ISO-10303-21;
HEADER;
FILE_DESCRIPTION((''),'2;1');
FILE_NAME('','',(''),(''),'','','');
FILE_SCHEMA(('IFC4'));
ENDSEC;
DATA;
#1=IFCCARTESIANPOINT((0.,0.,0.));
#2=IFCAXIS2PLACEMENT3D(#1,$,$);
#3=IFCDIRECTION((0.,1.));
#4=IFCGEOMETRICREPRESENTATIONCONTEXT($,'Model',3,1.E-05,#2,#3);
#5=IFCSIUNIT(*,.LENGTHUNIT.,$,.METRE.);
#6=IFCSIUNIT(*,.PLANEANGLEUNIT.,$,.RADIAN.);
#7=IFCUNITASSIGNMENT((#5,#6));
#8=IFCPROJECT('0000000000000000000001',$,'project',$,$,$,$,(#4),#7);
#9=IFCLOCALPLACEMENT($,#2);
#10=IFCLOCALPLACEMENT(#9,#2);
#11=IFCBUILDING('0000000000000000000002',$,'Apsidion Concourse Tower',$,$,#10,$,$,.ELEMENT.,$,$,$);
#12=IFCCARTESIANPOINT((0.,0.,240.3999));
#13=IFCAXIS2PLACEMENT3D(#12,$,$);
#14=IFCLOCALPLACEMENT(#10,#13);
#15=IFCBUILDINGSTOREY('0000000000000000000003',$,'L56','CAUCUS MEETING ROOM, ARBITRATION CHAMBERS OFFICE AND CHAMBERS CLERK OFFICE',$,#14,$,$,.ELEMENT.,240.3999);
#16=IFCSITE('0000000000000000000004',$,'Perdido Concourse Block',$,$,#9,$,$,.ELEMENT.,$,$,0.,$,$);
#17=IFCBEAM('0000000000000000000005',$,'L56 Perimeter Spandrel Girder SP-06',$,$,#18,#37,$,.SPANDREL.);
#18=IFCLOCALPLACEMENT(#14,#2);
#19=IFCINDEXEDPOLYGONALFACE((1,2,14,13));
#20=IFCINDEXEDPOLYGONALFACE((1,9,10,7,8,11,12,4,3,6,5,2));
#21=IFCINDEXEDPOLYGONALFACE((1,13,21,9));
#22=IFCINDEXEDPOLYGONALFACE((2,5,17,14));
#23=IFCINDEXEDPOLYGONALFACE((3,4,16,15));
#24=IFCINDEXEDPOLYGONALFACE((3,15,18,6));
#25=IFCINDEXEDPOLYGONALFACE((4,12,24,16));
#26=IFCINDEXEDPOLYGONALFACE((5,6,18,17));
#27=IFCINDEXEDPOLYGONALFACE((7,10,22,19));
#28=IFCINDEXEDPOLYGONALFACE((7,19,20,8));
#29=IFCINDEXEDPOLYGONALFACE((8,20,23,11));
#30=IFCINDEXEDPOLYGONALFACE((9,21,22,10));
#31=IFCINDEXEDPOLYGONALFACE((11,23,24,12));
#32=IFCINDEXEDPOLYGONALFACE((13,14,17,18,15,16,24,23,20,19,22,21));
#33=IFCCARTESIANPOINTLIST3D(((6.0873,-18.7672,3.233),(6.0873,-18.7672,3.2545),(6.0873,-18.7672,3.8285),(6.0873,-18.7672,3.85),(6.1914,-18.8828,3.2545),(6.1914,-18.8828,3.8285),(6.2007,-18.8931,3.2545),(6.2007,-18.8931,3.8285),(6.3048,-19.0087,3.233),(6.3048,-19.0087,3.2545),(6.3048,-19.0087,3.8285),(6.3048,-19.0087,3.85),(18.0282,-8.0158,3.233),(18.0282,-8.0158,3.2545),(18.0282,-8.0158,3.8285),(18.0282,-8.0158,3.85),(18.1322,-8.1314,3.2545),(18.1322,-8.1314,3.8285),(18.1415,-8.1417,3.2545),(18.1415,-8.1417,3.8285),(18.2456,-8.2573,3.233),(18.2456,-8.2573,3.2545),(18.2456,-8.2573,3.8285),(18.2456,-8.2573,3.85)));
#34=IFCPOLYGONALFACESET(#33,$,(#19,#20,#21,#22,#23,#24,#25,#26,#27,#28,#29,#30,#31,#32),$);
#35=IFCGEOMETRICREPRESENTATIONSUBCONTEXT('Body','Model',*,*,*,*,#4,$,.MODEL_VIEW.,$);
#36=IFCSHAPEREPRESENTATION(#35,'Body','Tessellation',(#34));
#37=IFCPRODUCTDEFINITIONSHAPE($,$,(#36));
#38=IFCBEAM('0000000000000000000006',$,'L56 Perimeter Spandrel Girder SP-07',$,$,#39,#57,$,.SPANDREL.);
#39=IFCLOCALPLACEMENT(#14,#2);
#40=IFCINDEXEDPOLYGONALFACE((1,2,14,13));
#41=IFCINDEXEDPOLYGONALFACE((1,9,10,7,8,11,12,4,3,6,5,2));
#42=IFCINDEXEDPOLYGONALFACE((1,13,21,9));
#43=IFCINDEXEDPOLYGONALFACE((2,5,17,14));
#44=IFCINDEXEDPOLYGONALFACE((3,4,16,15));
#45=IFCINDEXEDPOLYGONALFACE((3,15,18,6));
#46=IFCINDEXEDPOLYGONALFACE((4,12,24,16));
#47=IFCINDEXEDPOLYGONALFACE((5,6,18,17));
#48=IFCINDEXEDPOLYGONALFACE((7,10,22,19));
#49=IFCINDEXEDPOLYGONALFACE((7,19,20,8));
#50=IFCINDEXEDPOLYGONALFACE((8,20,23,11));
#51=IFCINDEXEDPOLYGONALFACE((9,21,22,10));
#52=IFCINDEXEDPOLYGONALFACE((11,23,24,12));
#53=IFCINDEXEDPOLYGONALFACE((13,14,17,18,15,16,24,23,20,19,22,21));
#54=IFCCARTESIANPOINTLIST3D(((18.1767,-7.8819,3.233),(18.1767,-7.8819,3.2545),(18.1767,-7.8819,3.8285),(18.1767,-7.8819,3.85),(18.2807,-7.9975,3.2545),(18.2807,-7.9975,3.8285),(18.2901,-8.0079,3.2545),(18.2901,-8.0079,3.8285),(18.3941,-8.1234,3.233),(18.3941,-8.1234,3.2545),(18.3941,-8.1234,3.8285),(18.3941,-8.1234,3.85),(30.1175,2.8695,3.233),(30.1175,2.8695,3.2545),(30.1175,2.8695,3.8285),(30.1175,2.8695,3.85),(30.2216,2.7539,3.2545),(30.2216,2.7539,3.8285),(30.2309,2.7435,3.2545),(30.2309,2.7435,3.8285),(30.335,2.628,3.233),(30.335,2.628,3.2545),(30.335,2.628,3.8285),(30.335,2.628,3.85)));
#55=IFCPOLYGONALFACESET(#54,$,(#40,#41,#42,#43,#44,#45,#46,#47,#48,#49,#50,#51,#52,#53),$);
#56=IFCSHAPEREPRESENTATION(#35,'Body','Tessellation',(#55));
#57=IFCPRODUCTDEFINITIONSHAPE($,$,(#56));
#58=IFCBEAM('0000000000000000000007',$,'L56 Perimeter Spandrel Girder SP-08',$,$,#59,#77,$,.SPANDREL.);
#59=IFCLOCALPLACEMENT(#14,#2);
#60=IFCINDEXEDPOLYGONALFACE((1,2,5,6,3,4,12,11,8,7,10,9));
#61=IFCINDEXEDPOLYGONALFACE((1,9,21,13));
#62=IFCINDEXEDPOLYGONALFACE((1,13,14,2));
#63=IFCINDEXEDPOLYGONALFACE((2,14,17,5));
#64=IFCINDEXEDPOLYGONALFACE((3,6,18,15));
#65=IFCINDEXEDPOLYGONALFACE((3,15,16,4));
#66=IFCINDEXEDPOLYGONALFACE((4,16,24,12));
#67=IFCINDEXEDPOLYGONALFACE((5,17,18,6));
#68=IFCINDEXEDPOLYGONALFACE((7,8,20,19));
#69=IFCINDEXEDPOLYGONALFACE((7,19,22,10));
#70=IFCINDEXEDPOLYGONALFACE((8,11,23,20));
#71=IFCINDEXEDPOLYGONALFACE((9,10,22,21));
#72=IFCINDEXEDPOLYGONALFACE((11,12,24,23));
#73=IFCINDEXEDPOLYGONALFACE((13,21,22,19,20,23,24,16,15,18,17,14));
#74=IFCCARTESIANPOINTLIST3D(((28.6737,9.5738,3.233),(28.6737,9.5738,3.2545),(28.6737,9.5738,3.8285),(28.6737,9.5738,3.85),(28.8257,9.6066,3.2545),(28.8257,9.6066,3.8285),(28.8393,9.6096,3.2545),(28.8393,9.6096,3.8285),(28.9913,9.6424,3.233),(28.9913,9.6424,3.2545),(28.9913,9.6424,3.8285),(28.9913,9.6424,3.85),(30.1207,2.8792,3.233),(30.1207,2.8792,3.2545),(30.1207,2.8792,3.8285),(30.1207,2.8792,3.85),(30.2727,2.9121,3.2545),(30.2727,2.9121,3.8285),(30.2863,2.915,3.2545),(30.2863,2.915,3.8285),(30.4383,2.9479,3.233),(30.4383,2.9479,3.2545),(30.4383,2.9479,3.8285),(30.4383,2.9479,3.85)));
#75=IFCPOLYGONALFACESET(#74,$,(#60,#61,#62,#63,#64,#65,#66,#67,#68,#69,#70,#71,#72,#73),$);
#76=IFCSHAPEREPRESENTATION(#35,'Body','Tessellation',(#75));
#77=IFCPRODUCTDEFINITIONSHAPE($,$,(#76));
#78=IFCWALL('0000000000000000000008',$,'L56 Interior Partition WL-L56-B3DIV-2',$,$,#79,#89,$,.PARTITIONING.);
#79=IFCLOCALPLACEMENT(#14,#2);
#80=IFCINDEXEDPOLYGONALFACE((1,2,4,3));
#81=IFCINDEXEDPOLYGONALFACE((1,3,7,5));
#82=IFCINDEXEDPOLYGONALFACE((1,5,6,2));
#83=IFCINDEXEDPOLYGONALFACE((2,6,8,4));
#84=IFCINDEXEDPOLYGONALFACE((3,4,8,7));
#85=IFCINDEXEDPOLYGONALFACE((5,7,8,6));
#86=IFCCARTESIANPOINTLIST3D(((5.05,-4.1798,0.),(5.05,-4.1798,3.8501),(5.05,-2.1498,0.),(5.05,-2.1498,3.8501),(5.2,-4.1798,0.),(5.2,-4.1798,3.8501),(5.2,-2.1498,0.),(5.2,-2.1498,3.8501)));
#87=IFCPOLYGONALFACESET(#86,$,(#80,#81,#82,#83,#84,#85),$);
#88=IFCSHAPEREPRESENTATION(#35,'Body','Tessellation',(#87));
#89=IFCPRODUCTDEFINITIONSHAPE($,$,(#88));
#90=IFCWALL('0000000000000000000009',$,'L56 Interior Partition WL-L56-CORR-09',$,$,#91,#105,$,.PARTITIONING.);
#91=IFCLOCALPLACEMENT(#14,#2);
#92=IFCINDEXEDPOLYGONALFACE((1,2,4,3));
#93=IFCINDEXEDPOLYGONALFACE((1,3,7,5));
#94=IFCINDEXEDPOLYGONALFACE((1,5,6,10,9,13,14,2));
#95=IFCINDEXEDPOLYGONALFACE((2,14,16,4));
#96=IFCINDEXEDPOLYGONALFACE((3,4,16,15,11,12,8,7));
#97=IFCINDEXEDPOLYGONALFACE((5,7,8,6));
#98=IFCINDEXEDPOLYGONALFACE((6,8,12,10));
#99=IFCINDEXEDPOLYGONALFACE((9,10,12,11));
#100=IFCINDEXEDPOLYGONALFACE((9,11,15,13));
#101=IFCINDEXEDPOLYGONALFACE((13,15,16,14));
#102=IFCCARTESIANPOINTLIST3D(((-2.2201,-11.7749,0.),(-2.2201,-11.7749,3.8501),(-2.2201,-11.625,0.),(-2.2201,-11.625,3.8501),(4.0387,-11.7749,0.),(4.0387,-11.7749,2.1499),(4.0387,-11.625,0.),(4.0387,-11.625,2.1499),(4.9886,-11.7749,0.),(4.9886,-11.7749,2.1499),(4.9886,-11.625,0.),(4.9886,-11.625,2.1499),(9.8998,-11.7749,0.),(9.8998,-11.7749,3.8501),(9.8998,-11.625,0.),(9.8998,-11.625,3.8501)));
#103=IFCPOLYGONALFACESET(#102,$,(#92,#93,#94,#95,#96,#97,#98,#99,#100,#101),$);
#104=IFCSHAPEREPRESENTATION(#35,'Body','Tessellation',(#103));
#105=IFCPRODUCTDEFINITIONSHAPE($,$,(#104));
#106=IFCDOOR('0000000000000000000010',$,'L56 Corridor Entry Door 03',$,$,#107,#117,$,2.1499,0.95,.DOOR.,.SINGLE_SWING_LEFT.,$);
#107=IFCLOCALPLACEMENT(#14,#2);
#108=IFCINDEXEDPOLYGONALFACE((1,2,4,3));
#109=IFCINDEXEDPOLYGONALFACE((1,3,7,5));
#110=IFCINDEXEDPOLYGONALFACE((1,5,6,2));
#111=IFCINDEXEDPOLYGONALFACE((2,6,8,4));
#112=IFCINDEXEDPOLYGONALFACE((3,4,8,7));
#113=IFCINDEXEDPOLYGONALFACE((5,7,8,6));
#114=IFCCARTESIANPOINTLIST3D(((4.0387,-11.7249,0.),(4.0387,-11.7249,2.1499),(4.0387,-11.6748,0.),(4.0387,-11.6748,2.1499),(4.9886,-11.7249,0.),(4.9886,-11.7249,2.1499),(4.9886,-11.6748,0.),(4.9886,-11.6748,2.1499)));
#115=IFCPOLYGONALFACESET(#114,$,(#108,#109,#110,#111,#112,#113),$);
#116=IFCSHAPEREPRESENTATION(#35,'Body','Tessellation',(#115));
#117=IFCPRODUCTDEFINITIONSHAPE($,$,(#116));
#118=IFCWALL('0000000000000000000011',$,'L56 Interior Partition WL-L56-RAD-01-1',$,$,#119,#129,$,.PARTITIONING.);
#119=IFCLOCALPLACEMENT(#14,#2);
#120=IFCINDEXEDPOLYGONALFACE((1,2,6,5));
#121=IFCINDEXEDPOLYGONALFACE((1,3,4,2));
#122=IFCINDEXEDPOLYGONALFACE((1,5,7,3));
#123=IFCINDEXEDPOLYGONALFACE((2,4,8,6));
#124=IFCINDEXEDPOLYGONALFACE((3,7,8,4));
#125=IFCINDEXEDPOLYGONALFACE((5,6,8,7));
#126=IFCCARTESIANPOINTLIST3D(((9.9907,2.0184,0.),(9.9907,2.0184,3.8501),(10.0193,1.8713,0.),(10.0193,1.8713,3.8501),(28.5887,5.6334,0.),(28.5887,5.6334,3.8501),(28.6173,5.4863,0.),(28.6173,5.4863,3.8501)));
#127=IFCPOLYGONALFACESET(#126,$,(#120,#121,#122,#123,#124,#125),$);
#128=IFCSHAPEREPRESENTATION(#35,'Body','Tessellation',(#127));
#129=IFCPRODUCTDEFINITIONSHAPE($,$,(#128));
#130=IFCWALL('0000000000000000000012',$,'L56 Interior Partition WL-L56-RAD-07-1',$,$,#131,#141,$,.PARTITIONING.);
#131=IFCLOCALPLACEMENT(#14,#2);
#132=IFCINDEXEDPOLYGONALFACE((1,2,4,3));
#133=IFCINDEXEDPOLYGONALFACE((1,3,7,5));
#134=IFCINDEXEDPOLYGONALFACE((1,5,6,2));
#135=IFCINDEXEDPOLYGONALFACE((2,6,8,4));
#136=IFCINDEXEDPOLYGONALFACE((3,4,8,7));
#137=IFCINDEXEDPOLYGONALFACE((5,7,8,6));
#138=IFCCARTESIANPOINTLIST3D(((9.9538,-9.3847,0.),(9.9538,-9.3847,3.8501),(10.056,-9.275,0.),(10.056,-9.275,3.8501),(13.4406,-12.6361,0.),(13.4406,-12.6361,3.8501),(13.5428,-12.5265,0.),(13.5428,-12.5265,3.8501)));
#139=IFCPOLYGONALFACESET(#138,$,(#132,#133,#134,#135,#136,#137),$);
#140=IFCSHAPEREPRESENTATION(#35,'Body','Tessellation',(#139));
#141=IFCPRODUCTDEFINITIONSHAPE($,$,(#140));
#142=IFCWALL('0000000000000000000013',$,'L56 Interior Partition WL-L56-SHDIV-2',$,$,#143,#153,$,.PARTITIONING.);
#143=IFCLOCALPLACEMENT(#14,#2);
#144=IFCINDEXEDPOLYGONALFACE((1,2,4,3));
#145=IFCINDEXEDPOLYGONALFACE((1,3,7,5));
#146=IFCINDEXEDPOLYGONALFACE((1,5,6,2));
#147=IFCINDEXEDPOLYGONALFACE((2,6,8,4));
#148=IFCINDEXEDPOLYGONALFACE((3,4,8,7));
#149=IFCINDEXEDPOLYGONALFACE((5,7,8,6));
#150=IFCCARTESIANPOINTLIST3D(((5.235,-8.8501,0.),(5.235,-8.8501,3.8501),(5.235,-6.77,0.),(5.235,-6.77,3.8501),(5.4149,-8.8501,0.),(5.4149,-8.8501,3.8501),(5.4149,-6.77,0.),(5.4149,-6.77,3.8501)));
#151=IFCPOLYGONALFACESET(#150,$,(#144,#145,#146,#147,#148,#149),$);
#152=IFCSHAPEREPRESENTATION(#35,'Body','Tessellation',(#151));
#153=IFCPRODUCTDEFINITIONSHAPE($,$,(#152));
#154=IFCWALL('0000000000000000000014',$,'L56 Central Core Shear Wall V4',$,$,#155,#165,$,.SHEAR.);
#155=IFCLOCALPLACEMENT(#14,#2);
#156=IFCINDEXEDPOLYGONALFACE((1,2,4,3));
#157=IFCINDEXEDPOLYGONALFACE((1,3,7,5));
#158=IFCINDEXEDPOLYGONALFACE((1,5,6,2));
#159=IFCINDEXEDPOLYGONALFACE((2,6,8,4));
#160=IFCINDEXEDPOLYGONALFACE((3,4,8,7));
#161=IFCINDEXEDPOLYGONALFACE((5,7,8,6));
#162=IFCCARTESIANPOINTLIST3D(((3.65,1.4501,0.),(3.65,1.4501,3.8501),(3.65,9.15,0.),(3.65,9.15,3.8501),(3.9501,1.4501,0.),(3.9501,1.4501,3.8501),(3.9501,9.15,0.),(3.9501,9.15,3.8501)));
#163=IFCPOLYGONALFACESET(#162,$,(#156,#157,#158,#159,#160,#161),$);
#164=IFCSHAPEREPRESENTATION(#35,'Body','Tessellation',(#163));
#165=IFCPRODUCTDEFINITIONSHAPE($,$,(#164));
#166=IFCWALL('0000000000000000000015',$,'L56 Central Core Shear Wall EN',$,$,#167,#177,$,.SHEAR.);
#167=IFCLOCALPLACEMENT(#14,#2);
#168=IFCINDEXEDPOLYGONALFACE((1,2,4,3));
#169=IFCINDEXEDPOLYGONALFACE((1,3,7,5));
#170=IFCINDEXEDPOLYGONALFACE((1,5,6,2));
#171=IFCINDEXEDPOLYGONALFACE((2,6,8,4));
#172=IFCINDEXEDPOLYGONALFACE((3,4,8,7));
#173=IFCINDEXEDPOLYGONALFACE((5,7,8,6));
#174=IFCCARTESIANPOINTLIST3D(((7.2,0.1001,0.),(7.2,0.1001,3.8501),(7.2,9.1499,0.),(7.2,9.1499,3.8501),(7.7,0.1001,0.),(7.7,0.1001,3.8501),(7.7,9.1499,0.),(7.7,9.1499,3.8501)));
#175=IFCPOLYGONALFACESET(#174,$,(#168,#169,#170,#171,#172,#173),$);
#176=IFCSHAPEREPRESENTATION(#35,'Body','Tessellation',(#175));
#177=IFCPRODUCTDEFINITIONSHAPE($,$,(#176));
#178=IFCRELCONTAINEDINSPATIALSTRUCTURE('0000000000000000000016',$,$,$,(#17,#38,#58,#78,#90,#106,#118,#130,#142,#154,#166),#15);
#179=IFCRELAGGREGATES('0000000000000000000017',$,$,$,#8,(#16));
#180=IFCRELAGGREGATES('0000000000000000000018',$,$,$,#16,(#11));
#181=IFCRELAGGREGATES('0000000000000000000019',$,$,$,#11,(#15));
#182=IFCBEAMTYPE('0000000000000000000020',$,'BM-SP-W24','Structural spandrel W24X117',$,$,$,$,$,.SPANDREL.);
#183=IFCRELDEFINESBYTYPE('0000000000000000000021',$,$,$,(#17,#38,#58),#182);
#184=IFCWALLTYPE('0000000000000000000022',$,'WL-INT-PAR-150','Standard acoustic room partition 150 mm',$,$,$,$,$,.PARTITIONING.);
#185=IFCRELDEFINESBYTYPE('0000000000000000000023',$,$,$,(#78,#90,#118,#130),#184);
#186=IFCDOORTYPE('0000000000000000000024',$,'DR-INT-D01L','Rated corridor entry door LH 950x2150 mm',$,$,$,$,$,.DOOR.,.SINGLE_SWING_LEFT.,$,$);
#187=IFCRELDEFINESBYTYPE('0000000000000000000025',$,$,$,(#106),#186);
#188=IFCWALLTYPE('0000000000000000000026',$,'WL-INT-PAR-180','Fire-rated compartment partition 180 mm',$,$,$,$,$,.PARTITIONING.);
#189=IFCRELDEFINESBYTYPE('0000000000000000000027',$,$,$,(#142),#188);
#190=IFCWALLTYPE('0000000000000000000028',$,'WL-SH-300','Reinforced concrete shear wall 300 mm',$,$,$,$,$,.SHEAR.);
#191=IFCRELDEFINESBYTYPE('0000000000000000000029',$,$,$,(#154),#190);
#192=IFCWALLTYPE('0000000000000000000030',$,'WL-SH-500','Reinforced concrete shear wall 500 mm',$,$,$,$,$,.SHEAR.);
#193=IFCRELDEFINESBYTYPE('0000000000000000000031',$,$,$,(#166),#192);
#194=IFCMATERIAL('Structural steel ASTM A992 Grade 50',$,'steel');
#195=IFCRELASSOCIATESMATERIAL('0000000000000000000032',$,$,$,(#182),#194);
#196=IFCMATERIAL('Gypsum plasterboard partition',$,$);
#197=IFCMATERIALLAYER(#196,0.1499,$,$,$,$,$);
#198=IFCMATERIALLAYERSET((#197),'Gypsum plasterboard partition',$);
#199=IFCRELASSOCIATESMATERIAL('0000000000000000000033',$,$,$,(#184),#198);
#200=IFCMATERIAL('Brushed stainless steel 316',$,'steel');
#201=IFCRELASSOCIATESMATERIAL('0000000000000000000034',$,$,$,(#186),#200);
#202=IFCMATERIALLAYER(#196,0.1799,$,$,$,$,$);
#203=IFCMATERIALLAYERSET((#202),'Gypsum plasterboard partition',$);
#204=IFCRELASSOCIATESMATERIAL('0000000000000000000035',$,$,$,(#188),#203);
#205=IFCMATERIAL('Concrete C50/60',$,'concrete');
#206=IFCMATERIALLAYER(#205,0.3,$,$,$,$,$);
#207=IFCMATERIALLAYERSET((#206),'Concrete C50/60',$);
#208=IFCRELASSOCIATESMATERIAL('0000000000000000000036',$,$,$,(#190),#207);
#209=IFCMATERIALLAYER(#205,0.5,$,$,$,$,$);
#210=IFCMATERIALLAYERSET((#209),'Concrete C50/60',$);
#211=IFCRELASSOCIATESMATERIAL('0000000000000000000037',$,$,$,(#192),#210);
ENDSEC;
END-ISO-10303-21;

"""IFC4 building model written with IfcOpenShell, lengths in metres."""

from ifc_helpers import new_model, si_unit, direction, frame, frame_2d, origin, origin_2d, place, context, subcontext, project, spatial, rectangle, i_section, extrude, material, layer, layer_set, material_profile, profile_set, type_object, element, fill, save


model = new_model("IFC4")

# Units and contexts
model_context = context("Model", 3, precision=1e-05, world=origin(), true_north=direction((0.0, 1.0)))
body_context = subcontext(model_context, "Body", "Model", "MODEL_VIEW")
ifc_project = project(units=[si_unit("LENGTHUNIT", "METRE"), si_unit("PLANEANGLEUNIT", "RADIAN")], contexts=[model_context])

# Site, building, storey
site_placement = place(None, origin())
site = spatial("IfcSite", under=ifc_project, at=site_placement, Name="Perdido Concourse Block", CompositionType="ELEMENT", RefElevation=0.0)
building_placement = place(site_placement, origin())
building = spatial("IfcBuilding", under=site, at=building_placement, Name="Apsidion Concourse Tower", CompositionType="ELEMENT")
storey_placement = place(building_placement, frame((0.0, 0.0, 240.3999)))
storey = spatial("IfcBuildingStorey", under=building, at=storey_placement, Name="L56", Description="CAUCUS MEETING ROOM, ARBITRATION CHAMBERS OFFICE AND CHAMBERS CLERK OFFICE", CompositionType="ELEMENT", Elevation=240.3999)

# Shared definitions
ifc_material_1 = material(Name="Concrete C50/60", Category="concrete")
ifc_material_2 = material(Name="Structural steel ASTM A992 Grade 50", Category="steel")

# Beams
ifc_material_profile_1 = material_profile(ifc_material_2, i_section(OverallWidth=0.325, OverallDepth=0.6169, WebThickness=0.0139, FlangeThickness=0.0215, at=origin_2d()), Name="W24X117")
ifc_profile_set_1 = profile_set([ifc_material_profile_1], Name="Structural steel ASTM A992 Grade 50")
beam_type_1 = type_object("IfcBeamType", Name="BM-SP-W24", Description="Structural spandrel W24X117", PredefinedType="SPANDREL", material=ifc_profile_set_1)
for number, where, z_axis, x_axis, name in (
    (1, (6.196, -18.8879, 3.5415), (0.743151, 0.669124, 0.0), (-0.669124, 0.743151, 0.0), "L56 Perimeter Spandrel Girder SP-06"),
    (2, (18.2854, -8.0027, 3.5415), (0.743151, 0.669124, 0.0), (-0.669124, 0.743151, 0.0), "L56 Perimeter Spandrel Girder SP-07"),
):
    element("IfcBeam", number, at=place(storey_placement, frame(where, z_axis=z_axis, x_axis=x_axis)), inside=storey, type_object=beam_type_1, Name=name, PredefinedType="SPANDREL", context=body_context, shape_type="SweptSolid", body=[
        extrude(i_section(OverallWidth=0.325, OverallDepth=0.6169, WebThickness=0.0139, FlangeThickness=0.0215, at=origin_2d()), origin(), (0.0, 0.0, 1.0), 16.0679),
    ])
beam_1_placement = place(storey_placement, frame((30.2795, 2.9136, 3.5415), z_axis=(-0.211269, 0.977428, 0.0), x_axis=(-0.977428, -0.211269, 0.0)))
element("IfcBeam", 3, at=beam_1_placement, inside=storey, type_object=beam_type_1, Name="L56 Perimeter Spandrel Girder SP-08", PredefinedType="SPANDREL", context=body_context, shape_type="SweptSolid", body=[
    extrude(i_section(OverallWidth=0.325, OverallDepth=0.6169, WebThickness=0.0139, FlangeThickness=0.0215, at=origin_2d()), origin(), (0.0, 0.0, 1.0), 6.8491),
])

# Wall
ifc_material_3 = material(Name="Gypsum plasterboard partition")
ifc_layer_1 = layer(ifc_material_3, 0.1499)
ifc_layer_set_1 = layer_set([ifc_layer_1], Name="Gypsum plasterboard partition")
wall_type_1 = type_object("IfcWallType", Name="WL-INT-PAR-150", Description="Standard acoustic room partition 150 mm", PredefinedType="PARTITIONING", material=ifc_layer_set_1)
wall_1_placement = place(storey_placement, frame((5.125, -4.1799, 0.0), z_axis=(0.0, 0.0, 1.0), x_axis=(0.0, 1.0, 0.0)))
element("IfcWall", 4, at=wall_1_placement, inside=storey, type_object=wall_type_1, Name="L56 Interior Partition WL-L56-B3DIV-2", PredefinedType="PARTITIONING", context=body_context, shape_type="SweptSolid", body=[
    extrude(rectangle(XDim=2.03, YDim=0.1499, at=frame_2d((1.0151, 0.0))), origin(), (0.0, 0.0, 1.0), 3.8501),
])

# Wall, opening, door
wall_2_placement = place(storey_placement, frame((9.8999, -11.7, 0.0), z_axis=(0.0, 0.0, 1.0), x_axis=(-1.0, 0.0, 0.0)))
wall_2 = element("IfcWall", 5, at=wall_2_placement, inside=storey, type_object=wall_type_1, Name="L56 Interior Partition WL-L56-CORR-09", PredefinedType="PARTITIONING", context=body_context, shape_type="SweptSolid", body=[
    extrude(rectangle(XDim=12.1199, YDim=0.1499, at=frame_2d((6.0601, 0.0))), origin(), (0.0, 0.0, 1.0), 3.8501),
])
opening_1_placement = place(wall_2_placement, frame((4.9111, 0.0, 0.0)))
opening_1 = element("IfcOpeningElement", 6, at=opening_1_placement, cuts=wall_2, PredefinedType="OPENING", context=body_context, shape_type="SweptSolid", body=[
    extrude(rectangle(XDim=0.95, YDim=2.1499, at=frame_2d((0.4751, 1.075))), frame((0.0, 0.085, 0.0), z_axis=(0.0, -1.0, 0.0), x_axis=(1.0, 0.0, 0.0)), (0.0, 0.0, 1.0), 0.1699),
])
ifc_material_4 = material(Name="Brushed stainless steel 316", Category="steel")
door_type_1 = type_object("IfcDoorType", Name="DR-INT-D01L", Description="Rated corridor entry door LH 950x2150 mm", OperationType="SINGLE_SWING_LEFT", PredefinedType="DOOR", material=ifc_material_4)
door_1_placement = place(opening_1_placement, origin())
door_1 = element("IfcDoor", 7, at=door_1_placement, inside=storey, type_object=door_type_1, Name="L56 Corridor Entry Door 03", OperationType="SINGLE_SWING_LEFT", OverallHeight=2.1499, OverallWidth=0.95, PredefinedType="DOOR", context=body_context, shape_type="SweptSolid", body=[
    extrude(rectangle(XDim=0.95, YDim=2.1499, at=frame_2d((0.4751, 1.075))), frame((0.0, 0.0249, 0.0), z_axis=(0.0, -1.0, 0.0), x_axis=(1.0, 0.0, 0.0)), (0.0, 0.0, 1.0), 0.05),
])
fill(opening_1, door_1)

# Walls
wall_3_placement = place(storey_placement, frame((10.0049, 1.9448, 0.0), z_axis=(0.0, 0.0, 1.0), x_axis=(0.981628, 0.190805, 0.0)))
element("IfcWall", 8, at=wall_3_placement, inside=storey, type_object=wall_type_1, Name="L56 Interior Partition WL-L56-RAD-01-1", PredefinedType="PARTITIONING", context=body_context, shape_type="SweptSolid", body=[
    extrude(rectangle(XDim=18.946, YDim=0.1499, at=frame_2d((9.4731, 0.0))), origin(), (0.0, 0.0, 1.0), 3.8501),
])
wall_4_placement = place(storey_placement, frame((10.0049, -9.3298, 0.0), z_axis=(0.0, 0.0, 1.0), x_axis=(0.731358, -0.681993, 0.0)))
element("IfcWall", 9, at=wall_4_placement, inside=storey, type_object=wall_type_1, Name="L56 Interior Partition WL-L56-RAD-07-1", PredefinedType="PARTITIONING", context=body_context, shape_type="SweptSolid", body=[
    extrude(rectangle(XDim=4.7676, YDim=0.1499, at=frame_2d((2.3838, 0.0))), origin(), (0.0, 0.0, 1.0), 3.8501),
])
ifc_layer_2 = layer(ifc_material_3, 0.1799)
ifc_layer_set_2 = layer_set([ifc_layer_2], Name="Gypsum plasterboard partition")
wall_type_2 = type_object("IfcWallType", Name="WL-INT-PAR-180", Description="Fire-rated compartment partition 180 mm", PredefinedType="PARTITIONING", material=ifc_layer_set_2)
wall_5_placement = place(storey_placement, frame((5.325, -8.8501, 0.0), z_axis=(0.0, 0.0, 1.0), x_axis=(0.0, 1.0, 0.0)))
element("IfcWall", 10, at=wall_5_placement, inside=storey, type_object=wall_type_2, Name="L56 Interior Partition WL-L56-SHDIV-2", PredefinedType="PARTITIONING", context=body_context, shape_type="SweptSolid", body=[
    extrude(rectangle(XDim=2.0801, YDim=0.1799, at=frame_2d((1.04, 0.0))), origin(), (0.0, 0.0, 1.0), 3.8501),
])
ifc_layer_3 = layer(ifc_material_1, 0.3)
ifc_layer_set_3 = layer_set([ifc_layer_3], Name="Concrete C50/60")
wall_type_3 = type_object("IfcWallType", Name="WL-SH-300", Description="Reinforced concrete shear wall 300 mm", PredefinedType="SHEAR", material=ifc_layer_set_3)
wall_6_placement = place(storey_placement, frame((3.8, 1.45, 0.0), z_axis=(0.0, 0.0, 1.0), x_axis=(0.0, 1.0, 0.0)))
element("IfcWall", 11, at=wall_6_placement, inside=storey, type_object=wall_type_3, Name="L56 Central Core Shear Wall V4", PredefinedType="SHEAR", context=body_context, shape_type="SweptSolid", body=[
    extrude(rectangle(XDim=7.7, YDim=0.3, at=frame_2d((3.8501, 0.0))), origin(), (0.0, 0.0, 1.0), 3.8501),
])
ifc_layer_4 = layer(ifc_material_1, 0.5)
ifc_layer_set_4 = layer_set([ifc_layer_4], Name="Concrete C50/60")
wall_type_4 = type_object("IfcWallType", Name="WL-SH-500", Description="Reinforced concrete shear wall 500 mm", PredefinedType="SHEAR", material=ifc_layer_set_4)
wall_7_placement = place(storey_placement, frame((7.45, 0.1001, 0.0), z_axis=(0.0, 0.0, 1.0), x_axis=(0.0, 1.0, 0.0)))
element("IfcWall", 12, at=wall_7_placement, inside=storey, type_object=wall_type_4, Name="L56 Central Core Shear Wall EN", PredefinedType="SHEAR", context=body_context, shape_type="SweptSolid", body=[
    extrude(rectangle(XDim=9.0498, YDim=0.5, at=frame_2d((4.5249, 0.0))), origin(), (0.0, 0.0, 1.0), 3.8501),
])

save(model, "model.ifc")
